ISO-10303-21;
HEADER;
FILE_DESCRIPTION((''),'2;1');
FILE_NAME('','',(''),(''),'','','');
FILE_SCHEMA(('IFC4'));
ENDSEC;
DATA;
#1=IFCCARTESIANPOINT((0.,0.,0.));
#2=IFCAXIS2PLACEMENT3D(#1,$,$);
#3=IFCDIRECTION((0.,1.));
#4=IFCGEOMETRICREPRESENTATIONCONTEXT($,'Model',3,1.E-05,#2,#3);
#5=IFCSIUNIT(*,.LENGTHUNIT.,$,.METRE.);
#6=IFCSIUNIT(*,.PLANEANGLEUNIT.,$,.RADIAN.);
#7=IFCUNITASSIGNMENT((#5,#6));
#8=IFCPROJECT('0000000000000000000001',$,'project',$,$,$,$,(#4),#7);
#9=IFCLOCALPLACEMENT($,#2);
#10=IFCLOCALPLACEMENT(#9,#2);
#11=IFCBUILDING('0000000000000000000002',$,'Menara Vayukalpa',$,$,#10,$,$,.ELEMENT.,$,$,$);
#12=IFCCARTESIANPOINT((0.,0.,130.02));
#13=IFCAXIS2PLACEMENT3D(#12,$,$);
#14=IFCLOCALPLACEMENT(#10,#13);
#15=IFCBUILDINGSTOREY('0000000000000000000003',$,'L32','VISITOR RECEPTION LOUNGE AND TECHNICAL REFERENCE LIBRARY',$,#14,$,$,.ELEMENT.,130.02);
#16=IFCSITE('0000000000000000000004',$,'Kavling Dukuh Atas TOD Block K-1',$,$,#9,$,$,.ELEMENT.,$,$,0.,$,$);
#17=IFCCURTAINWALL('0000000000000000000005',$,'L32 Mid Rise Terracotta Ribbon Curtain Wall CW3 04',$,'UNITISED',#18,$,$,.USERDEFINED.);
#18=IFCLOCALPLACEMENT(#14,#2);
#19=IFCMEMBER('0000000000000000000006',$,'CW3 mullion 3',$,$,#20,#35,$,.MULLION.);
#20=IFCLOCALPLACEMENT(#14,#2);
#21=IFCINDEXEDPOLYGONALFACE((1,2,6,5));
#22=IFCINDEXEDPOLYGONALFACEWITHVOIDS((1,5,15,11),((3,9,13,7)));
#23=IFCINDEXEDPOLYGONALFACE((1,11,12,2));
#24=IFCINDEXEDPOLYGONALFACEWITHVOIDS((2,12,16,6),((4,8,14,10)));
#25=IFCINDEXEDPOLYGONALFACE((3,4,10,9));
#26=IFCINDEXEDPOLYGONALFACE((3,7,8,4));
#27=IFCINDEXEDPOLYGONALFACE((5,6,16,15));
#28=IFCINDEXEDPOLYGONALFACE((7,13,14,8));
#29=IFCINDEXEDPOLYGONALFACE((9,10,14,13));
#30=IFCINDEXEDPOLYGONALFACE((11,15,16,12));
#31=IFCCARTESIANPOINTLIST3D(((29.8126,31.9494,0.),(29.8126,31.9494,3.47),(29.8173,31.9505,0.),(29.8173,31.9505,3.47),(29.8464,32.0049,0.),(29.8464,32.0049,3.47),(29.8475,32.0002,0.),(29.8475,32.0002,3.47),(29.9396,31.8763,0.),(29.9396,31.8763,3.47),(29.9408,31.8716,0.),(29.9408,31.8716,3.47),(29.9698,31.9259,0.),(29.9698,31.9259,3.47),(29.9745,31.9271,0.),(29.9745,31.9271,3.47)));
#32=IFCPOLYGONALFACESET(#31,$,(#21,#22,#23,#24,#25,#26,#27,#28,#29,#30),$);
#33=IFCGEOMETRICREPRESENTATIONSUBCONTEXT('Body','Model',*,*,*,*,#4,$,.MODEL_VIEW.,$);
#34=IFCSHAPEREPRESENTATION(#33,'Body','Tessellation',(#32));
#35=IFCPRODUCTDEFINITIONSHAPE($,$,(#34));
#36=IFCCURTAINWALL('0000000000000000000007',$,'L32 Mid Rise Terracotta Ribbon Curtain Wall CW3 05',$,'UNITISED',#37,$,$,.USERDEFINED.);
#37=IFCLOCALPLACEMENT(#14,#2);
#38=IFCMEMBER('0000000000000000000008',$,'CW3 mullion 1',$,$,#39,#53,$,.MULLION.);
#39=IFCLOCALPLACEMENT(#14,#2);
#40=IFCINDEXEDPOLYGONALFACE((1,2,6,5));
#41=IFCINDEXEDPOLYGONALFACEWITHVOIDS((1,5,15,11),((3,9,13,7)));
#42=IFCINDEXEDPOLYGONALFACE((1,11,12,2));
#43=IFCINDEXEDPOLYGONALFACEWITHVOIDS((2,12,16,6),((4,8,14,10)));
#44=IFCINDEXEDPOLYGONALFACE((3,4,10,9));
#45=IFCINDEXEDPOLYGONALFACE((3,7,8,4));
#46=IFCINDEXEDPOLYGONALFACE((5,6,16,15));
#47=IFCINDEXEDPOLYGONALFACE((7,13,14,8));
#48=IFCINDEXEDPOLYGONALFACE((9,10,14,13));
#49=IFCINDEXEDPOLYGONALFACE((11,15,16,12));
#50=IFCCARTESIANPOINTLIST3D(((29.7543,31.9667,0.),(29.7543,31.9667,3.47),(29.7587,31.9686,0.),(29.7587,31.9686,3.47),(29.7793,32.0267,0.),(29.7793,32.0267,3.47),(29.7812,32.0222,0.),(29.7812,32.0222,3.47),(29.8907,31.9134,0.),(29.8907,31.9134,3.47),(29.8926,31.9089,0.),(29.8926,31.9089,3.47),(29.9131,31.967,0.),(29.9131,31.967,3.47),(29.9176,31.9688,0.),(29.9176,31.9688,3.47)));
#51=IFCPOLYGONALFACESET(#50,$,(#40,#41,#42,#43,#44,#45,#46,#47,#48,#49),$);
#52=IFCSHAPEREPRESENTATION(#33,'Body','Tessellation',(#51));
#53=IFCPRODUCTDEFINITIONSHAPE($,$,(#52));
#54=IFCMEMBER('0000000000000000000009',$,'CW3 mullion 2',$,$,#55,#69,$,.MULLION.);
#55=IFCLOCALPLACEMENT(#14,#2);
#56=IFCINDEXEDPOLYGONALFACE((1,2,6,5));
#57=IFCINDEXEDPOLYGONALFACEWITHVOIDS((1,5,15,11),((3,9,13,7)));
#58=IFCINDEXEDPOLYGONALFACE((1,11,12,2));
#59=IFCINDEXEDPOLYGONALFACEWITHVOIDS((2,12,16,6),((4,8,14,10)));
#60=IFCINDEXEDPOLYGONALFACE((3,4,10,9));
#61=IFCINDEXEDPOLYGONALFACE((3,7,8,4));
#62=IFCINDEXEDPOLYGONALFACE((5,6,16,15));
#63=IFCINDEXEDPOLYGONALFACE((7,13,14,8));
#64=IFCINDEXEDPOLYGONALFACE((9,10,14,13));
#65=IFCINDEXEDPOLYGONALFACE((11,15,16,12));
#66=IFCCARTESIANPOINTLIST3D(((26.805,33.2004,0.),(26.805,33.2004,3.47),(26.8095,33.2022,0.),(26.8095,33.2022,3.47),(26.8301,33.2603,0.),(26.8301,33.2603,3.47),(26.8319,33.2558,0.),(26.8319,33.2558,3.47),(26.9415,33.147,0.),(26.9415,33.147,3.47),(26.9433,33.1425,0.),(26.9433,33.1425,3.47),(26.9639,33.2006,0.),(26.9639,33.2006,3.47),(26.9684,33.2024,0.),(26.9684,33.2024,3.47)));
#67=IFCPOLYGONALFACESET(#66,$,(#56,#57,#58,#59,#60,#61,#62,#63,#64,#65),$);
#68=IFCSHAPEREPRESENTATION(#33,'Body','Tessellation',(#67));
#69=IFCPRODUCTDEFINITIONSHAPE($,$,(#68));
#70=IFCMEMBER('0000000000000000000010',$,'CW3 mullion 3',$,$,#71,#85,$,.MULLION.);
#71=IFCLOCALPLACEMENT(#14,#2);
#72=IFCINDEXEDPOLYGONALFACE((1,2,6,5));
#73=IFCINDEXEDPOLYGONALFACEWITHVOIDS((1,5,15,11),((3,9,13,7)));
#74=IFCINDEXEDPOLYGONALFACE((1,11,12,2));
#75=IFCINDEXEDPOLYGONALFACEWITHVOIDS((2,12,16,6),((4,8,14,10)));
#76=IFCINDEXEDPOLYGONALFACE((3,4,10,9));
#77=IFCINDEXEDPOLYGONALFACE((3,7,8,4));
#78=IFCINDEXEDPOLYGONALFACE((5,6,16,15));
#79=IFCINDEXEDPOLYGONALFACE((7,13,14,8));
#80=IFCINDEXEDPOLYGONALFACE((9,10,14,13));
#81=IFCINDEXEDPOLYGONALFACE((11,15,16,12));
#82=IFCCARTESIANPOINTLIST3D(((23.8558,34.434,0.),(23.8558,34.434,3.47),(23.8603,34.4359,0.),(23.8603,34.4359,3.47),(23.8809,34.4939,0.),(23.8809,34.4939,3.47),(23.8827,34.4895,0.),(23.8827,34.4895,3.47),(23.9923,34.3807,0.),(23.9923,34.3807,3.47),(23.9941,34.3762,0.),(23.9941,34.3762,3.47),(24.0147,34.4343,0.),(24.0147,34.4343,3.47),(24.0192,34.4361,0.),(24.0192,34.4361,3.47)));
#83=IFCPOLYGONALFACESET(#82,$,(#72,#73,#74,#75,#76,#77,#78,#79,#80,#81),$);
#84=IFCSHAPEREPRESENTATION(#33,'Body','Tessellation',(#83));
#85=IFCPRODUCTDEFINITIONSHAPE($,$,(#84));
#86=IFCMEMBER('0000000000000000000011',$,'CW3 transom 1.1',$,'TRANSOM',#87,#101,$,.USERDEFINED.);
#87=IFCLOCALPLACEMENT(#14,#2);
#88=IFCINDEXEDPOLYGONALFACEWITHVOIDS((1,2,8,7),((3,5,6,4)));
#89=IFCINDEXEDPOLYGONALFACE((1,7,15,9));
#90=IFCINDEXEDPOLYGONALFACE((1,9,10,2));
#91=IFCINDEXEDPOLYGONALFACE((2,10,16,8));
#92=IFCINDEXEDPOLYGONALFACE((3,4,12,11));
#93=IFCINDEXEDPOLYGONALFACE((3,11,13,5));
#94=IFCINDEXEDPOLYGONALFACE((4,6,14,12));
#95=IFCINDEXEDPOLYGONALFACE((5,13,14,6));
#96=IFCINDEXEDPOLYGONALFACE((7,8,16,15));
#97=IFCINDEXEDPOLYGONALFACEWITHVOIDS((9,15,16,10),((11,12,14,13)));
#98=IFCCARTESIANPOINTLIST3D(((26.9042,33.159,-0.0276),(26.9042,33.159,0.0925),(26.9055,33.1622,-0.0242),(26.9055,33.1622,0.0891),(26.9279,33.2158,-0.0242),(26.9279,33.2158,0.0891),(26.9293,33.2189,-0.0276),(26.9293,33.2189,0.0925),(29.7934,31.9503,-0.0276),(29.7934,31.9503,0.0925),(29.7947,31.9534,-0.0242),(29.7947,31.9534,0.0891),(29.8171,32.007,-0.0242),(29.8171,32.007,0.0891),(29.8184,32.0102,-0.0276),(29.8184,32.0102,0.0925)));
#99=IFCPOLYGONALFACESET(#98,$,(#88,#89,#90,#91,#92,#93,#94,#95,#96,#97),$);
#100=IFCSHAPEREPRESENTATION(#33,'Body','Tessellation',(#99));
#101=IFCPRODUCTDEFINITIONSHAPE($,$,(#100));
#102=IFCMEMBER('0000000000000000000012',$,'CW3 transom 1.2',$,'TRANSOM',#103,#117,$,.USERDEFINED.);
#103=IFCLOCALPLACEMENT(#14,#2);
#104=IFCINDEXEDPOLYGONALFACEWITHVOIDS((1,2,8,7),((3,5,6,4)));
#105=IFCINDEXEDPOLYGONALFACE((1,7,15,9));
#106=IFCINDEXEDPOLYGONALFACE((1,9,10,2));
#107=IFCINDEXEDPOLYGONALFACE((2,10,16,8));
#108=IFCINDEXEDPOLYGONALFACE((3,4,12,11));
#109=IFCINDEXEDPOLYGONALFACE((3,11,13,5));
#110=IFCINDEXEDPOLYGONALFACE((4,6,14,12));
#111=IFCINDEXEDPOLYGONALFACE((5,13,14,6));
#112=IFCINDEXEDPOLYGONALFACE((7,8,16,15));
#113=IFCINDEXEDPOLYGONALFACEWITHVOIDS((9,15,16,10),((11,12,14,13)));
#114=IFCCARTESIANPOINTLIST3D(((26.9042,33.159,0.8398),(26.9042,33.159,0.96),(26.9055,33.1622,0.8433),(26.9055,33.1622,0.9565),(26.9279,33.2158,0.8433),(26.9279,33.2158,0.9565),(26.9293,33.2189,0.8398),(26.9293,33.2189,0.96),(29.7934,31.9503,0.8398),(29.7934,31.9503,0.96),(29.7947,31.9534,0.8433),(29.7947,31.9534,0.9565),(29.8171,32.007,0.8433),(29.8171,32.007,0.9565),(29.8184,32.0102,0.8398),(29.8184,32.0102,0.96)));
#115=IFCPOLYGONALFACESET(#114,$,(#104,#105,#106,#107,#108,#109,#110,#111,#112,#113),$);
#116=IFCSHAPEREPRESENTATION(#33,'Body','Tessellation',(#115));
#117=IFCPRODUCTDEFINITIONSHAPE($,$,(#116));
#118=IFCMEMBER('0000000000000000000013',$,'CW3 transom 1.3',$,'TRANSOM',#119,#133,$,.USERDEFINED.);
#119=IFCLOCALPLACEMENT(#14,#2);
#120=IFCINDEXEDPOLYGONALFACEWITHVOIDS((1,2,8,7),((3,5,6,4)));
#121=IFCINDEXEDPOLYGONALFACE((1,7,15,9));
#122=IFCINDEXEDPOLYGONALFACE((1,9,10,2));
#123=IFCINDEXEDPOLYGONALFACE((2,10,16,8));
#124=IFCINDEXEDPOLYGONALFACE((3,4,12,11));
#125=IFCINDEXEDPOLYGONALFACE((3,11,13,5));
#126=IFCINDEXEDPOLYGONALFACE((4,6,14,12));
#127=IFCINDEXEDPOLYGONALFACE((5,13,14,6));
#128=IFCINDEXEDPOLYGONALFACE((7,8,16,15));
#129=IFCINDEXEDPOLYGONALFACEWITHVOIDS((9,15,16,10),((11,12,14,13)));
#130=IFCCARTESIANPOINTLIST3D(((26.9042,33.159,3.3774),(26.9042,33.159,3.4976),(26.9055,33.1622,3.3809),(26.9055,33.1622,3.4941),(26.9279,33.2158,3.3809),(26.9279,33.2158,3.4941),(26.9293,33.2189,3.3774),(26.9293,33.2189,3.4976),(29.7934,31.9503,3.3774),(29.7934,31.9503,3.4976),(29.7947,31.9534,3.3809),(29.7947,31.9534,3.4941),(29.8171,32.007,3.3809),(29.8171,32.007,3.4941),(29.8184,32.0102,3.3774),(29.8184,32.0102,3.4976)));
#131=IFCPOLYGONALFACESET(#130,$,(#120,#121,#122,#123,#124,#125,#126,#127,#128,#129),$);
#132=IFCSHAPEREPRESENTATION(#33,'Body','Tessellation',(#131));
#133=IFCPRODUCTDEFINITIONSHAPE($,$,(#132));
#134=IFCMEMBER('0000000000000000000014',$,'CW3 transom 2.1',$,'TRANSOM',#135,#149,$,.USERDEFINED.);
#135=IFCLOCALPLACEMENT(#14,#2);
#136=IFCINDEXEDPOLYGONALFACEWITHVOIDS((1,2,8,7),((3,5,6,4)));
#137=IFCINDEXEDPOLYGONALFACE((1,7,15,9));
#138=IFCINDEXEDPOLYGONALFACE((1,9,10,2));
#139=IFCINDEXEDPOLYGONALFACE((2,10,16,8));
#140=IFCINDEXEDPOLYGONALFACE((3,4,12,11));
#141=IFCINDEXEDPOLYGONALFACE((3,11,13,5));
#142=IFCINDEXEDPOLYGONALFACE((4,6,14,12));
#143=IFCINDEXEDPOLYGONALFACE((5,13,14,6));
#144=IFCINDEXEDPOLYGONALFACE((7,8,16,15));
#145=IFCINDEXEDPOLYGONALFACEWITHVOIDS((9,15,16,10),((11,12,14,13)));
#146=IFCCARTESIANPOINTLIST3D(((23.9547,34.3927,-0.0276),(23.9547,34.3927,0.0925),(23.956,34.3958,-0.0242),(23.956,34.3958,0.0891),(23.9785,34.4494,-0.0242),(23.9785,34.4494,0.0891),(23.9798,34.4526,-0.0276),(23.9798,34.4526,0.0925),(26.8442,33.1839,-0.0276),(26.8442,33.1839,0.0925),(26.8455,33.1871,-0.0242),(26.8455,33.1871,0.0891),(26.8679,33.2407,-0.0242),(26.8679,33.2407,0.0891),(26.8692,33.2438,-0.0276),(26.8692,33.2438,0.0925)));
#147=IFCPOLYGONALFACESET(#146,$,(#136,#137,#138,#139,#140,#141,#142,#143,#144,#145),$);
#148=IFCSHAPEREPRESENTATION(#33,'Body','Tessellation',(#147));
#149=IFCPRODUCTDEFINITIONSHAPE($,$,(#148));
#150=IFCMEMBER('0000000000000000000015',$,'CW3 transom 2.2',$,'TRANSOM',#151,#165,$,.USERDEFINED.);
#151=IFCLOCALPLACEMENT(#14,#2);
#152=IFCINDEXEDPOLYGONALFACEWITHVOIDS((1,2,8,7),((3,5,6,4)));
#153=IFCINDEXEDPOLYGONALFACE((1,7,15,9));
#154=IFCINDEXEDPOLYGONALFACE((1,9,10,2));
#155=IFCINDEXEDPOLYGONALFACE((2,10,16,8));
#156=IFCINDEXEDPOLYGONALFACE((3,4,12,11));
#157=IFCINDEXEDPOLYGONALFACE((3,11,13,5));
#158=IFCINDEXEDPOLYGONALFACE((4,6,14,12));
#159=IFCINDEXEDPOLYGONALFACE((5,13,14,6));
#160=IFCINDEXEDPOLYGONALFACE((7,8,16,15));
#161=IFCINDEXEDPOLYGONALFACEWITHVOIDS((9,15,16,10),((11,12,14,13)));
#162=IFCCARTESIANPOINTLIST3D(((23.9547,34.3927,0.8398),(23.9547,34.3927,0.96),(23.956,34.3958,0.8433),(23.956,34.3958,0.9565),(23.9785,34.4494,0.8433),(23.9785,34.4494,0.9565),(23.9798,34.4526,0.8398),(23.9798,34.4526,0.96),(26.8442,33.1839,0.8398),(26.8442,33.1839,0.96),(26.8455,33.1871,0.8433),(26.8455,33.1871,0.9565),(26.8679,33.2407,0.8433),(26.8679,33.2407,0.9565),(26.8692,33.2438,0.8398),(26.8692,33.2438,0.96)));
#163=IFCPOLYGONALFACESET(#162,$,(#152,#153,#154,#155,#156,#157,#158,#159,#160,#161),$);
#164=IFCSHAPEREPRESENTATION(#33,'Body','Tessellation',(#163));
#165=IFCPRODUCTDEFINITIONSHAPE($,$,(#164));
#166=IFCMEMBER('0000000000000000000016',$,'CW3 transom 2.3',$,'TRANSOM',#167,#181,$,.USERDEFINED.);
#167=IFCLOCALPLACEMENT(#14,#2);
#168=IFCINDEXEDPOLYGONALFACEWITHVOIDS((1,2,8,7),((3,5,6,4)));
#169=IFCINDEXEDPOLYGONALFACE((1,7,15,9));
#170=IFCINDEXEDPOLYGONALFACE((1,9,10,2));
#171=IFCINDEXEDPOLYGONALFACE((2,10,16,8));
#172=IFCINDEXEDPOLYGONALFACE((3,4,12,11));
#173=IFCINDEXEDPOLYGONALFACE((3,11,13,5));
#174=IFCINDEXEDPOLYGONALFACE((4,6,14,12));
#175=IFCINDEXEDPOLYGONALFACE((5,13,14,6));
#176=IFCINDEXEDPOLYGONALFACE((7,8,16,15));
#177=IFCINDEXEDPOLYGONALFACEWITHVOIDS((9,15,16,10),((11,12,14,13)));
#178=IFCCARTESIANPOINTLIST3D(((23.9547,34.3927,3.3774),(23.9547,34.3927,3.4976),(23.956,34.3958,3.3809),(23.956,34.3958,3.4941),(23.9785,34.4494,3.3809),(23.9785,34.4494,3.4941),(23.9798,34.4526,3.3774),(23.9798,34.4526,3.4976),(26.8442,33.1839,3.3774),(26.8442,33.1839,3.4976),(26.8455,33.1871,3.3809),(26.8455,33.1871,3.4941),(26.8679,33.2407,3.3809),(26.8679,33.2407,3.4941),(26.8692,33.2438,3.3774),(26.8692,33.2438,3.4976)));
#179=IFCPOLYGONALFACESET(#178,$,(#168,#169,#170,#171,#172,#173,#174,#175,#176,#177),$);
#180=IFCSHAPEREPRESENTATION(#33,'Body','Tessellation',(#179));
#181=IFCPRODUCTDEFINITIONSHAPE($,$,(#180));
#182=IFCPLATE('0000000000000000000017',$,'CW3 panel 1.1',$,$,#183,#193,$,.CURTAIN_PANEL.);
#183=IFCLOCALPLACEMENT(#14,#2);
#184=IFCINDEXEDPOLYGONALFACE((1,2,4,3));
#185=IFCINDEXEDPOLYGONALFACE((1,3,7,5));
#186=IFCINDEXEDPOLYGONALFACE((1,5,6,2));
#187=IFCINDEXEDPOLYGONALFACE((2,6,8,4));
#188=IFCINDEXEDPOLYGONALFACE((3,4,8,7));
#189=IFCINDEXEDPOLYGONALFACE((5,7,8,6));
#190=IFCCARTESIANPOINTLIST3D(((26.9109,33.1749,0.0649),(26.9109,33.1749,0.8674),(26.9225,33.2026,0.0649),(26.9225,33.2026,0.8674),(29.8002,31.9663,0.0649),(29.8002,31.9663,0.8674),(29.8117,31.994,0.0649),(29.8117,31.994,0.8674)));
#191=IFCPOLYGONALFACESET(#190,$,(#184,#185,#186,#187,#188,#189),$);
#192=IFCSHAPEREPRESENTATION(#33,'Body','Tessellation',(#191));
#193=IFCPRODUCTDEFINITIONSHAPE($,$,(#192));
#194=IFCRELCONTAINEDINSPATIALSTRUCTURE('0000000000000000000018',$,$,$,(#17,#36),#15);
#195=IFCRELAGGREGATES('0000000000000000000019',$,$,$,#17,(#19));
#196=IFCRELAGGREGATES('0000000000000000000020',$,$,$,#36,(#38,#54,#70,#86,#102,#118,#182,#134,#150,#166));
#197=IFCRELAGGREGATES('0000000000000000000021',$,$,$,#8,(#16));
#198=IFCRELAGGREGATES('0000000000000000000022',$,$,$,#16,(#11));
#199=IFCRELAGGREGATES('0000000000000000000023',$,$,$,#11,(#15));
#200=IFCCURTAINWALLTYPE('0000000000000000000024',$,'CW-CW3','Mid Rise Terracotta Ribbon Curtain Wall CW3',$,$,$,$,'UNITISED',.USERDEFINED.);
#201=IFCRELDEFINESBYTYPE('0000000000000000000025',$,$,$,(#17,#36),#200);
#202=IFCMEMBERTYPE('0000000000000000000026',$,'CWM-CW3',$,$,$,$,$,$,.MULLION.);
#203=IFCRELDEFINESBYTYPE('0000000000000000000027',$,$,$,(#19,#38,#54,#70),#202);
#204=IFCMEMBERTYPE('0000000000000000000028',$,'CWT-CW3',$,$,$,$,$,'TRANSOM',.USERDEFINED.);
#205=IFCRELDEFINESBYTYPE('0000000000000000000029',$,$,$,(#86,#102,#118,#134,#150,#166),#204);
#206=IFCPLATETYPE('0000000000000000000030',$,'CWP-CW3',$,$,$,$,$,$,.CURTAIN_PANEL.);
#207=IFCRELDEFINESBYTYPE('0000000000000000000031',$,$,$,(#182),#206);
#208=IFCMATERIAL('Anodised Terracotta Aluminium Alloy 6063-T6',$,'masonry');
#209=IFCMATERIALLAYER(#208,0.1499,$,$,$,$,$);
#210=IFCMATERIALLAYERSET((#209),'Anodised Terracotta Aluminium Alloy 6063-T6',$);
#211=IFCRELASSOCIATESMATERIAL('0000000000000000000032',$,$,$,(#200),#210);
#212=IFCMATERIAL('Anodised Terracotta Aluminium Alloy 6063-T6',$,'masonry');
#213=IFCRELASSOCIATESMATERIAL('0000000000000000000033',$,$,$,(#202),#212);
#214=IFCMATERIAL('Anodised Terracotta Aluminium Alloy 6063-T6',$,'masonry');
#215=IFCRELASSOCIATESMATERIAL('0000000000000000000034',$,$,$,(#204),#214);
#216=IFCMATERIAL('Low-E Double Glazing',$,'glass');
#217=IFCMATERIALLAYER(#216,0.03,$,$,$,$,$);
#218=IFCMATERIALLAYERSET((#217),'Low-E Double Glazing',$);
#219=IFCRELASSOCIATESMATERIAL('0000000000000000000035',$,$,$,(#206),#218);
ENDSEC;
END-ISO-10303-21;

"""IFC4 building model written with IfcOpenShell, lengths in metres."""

from ifc_helpers import new_model, si_unit, direction, frame, origin, origin_2d, place, context, subcontext, project, spatial, rectangle, hollow_rectangle, extrude, material, layer, layer_set, material_profile, profile_set, type_object, element, aggregate, save


model = new_model("IFC4")

# Units and contexts
model_context = context("Model", 3, precision=1e-05, world=origin(), true_north=direction((0.0, 1.0)))
body_context = subcontext(model_context, "Body", "Model", "MODEL_VIEW")
ifc_project = project(units=[si_unit("LENGTHUNIT", "METRE"), si_unit("PLANEANGLEUNIT", "RADIAN")], contexts=[model_context])

# Site, building, storey
site_placement = place(None, origin())
site = spatial("IfcSite", under=ifc_project, at=site_placement, Name="Kavling Dukuh Atas TOD Block K-1", CompositionType="ELEMENT", RefElevation=0.0)
building_placement = place(site_placement, origin())
building = spatial("IfcBuilding", under=site, at=building_placement, Name="Menara Vayukalpa", CompositionType="ELEMENT")
storey_placement = place(building_placement, frame((0.0, 0.0, 130.02)))
storey = spatial("IfcBuildingStorey", under=building, at=storey_placement, Name="L32", Description="VISITOR RECEPTION LOUNGE AND TECHNICAL REFERENCE LIBRARY", CompositionType="ELEMENT", Elevation=130.02)

# Curtain wall, member
ifc_material_1 = material(Name="Anodised Terracotta Aluminium Alloy 6063-T6", Category="masonry")
ifc_layer_1 = layer(ifc_material_1, 0.1499)
ifc_layer_set_1 = layer_set([ifc_layer_1], Name="Anodised Terracotta Aluminium Alloy 6063-T6")
curtain_wall_type = type_object("IfcCurtainWallType", Name="CW-CW3", Description="Mid Rise Terracotta Ribbon Curtain Wall CW3", ElementType="UNITISED", PredefinedType="USERDEFINED", material=ifc_layer_set_1)
curtain_wall_1_placement = place(storey_placement, origin())
curtain_wall_1 = element("IfcCurtainWall", 1, at=curtain_wall_1_placement, inside=storey, type_object=curtain_wall_type, Name="L32 Mid Rise Terracotta Ribbon Curtain Wall CW3 04", ObjectType="UNITISED", PredefinedType="USERDEFINED")
ifc_material_2 = material(Name="Anodised Terracotta Aluminium Alloy 6063-T6", Category="masonry")
ifc_material_profile_1 = material_profile(ifc_material_2, hollow_rectangle(XDim=0.0649, YDim=0.1499, WallThickness=0.0034, at=origin_2d()), Name="ALU 65x150x3.5")
ifc_profile_set_1 = profile_set([ifc_material_profile_1], Name="Anodised Terracotta Aluminium Alloy 6063-T6")
member_type_1 = type_object("IfcMemberType", Name="CWM-CW3", PredefinedType="MULLION", material=ifc_profile_set_1)
member_1_placement = place(storey_placement, frame((29.8936, 31.9382, 0.0), z_axis=(0.0, 0.0, 1.0), x_axis=(-0.519183, -0.854663, 0.0)))
member_1 = element("IfcMember", 2, at=member_1_placement, type_object=member_type_1, Name="CW3 mullion 3", PredefinedType="MULLION", context=body_context, shape_type="SweptSolid", body=[
    extrude(hollow_rectangle(XDim=0.0649, YDim=0.1499, WallThickness=0.0034, at=origin_2d()), origin(), (0.0, 0.0, 1.0), 3.47),
])
aggregate(curtain_wall_1, [member_1])

# Curtain wall, members, plate
curtain_wall_2_placement = place(storey_placement, origin())
curtain_wall_2 = element("IfcCurtainWall", 3, at=curtain_wall_2_placement, inside=storey, type_object=curtain_wall_type, Name="L32 Mid Rise Terracotta Ribbon Curtain Wall CW3 05", ObjectType="UNITISED", PredefinedType="USERDEFINED")
member_2_placement = place(storey_placement, frame((29.8359, 31.9678, 0.0), z_axis=(0.0, 0.0, 1.0), x_axis=(-0.385894, -0.922543, 0.0)))
member_2 = element("IfcMember", 4, at=member_2_placement, type_object=member_type_1, Name="CW3 mullion 1", PredefinedType="MULLION", context=body_context, shape_type="SweptSolid", body=[
    extrude(hollow_rectangle(XDim=0.0649, YDim=0.1499, WallThickness=0.0034, at=origin_2d()), origin(), (0.0, 0.0, 1.0), 3.47),
])
member_3_placement = place(storey_placement, frame((26.8867, 33.2014, 0.0), z_axis=(0.0, 0.0, 1.0), x_axis=(-0.385894, -0.922543, 0.0)))
member_3 = element("IfcMember", 5, at=member_3_placement, type_object=member_type_1, Name="CW3 mullion 2", PredefinedType="MULLION", context=body_context, shape_type="SweptSolid", body=[
    extrude(hollow_rectangle(XDim=0.0649, YDim=0.1499, WallThickness=0.0034, at=origin_2d()), origin(), (0.0, 0.0, 1.0), 3.47),
])
member_4_placement = place(storey_placement, frame((23.9375, 34.4351, 0.0), z_axis=(0.0, 0.0, 1.0), x_axis=(-0.385894, -0.922543, 0.0)))
member_4 = element("IfcMember", 6, at=member_4_placement, type_object=member_type_1, Name="CW3 mullion 3", PredefinedType="MULLION", context=body_context, shape_type="SweptSolid", body=[
    extrude(hollow_rectangle(XDim=0.0649, YDim=0.1499, WallThickness=0.0034, at=origin_2d()), origin(), (0.0, 0.0, 1.0), 3.47),
])
ifc_material_3 = material(Name="Anodised Terracotta Aluminium Alloy 6063-T6", Category="masonry")
ifc_material_profile_2 = material_profile(ifc_material_3, hollow_rectangle(XDim=0.0649, YDim=0.1201, WallThickness=0.0034, at=origin_2d()), Name="ALU 65x120x3.5")
ifc_profile_set_2 = profile_set([ifc_material_profile_2], Name="Anodised Terracotta Aluminium Alloy 6063-T6")
member_type_2 = type_object("IfcMemberType", Name="CWT-CW3", ElementType="TRANSOM", PredefinedType="USERDEFINED", material=ifc_profile_set_2)
member_5_placement = place(storey_placement, frame((29.8059, 31.9802, 0.0325), z_axis=(-0.922518, 0.385955, 0.0), x_axis=(-0.385955, -0.922518, 0.0)))
member_5 = element("IfcMember", 7, at=member_5_placement, type_object=member_type_2, Name="CW3 transom 1.1", ObjectType="TRANSOM", PredefinedType="USERDEFINED", context=body_context, shape_type="SweptSolid", body=[
    extrude(hollow_rectangle(XDim=0.0649, YDim=0.1201, WallThickness=0.0034, at=origin_2d()), origin(), (0.0, 0.0, 1.0), 3.1318),
])
member_6_placement = place(storey_placement, frame((29.8059, 31.9802, 0.8999), z_axis=(-0.922518, 0.385955, 0.0), x_axis=(-0.385955, -0.922518, 0.0)))
member_6 = element("IfcMember", 8, at=member_6_placement, type_object=member_type_2, Name="CW3 transom 1.2", ObjectType="TRANSOM", PredefinedType="USERDEFINED", context=body_context, shape_type="SweptSolid", body=[
    extrude(hollow_rectangle(XDim=0.0649, YDim=0.1201, WallThickness=0.0034, at=origin_2d()), origin(), (0.0, 0.0, 1.0), 3.1318),
])
member_7_placement = place(storey_placement, frame((29.8059, 31.9802, 3.4375), z_axis=(-0.922518, 0.385955, 0.0), x_axis=(-0.385955, -0.922518, 0.0)))
member_7 = element("IfcMember", 9, at=member_7_placement, type_object=member_type_2, Name="CW3 transom 1.3", ObjectType="TRANSOM", PredefinedType="USERDEFINED", context=body_context, shape_type="SweptSolid", body=[
    extrude(hollow_rectangle(XDim=0.0649, YDim=0.1201, WallThickness=0.0034, at=origin_2d()), origin(), (0.0, 0.0, 1.0), 3.1318),
])
member_8_placement = place(storey_placement, frame((26.8567, 33.2139, 0.0325), z_axis=(-0.922529, 0.385927, 0.0), x_axis=(-0.385927, -0.922529, 0.0)))
member_8 = element("IfcMember", 10, at=member_8_placement, type_object=member_type_2, Name="CW3 transom 2.1", ObjectType="TRANSOM", PredefinedType="USERDEFINED", context=body_context, shape_type="SweptSolid", body=[
    extrude(hollow_rectangle(XDim=0.0649, YDim=0.1201, WallThickness=0.0034, at=origin_2d()), origin(), (0.0, 0.0, 1.0), 3.1321),
])
member_9_placement = place(storey_placement, frame((26.8567, 33.2139, 0.8999), z_axis=(-0.922529, 0.385927, 0.0), x_axis=(-0.385927, -0.922529, 0.0)))
member_9 = element("IfcMember", 11, at=member_9_placement, type_object=member_type_2, Name="CW3 transom 2.2", ObjectType="TRANSOM", PredefinedType="USERDEFINED", context=body_context, shape_type="SweptSolid", body=[
    extrude(hollow_rectangle(XDim=0.0649, YDim=0.1201, WallThickness=0.0034, at=origin_2d()), origin(), (0.0, 0.0, 1.0), 3.1321),
])
member_10_placement = place(storey_placement, frame((26.8567, 33.2139, 3.4375), z_axis=(-0.922529, 0.385927, 0.0), x_axis=(-0.385927, -0.922529, 0.0)))
member_10 = element("IfcMember", 12, at=member_10_placement, type_object=member_type_2, Name="CW3 transom 2.3", ObjectType="TRANSOM", PredefinedType="USERDEFINED", context=body_context, shape_type="SweptSolid", body=[
    extrude(hollow_rectangle(XDim=0.0649, YDim=0.1201, WallThickness=0.0034, at=origin_2d()), origin(), (0.0, 0.0, 1.0), 3.1321),
])
ifc_material_4 = material(Name="Low-E Double Glazing", Category="glass")
ifc_layer_2 = layer(ifc_material_4, 0.03)
ifc_layer_set_2 = layer_set([ifc_layer_2], Name="Low-E Double Glazing")
plate_type = type_object("IfcPlateType", Name="CWP-CW3", PredefinedType="CURTAIN_PANEL", material=ifc_layer_set_2)
plate_1_placement = place(storey_placement, frame((28.3613, 32.5845, 0.0649), z_axis=(0.0, 0.0, 1.0), x_axis=(-0.922543, 0.385894, 0.0)))
plate_1 = element("IfcPlate", 13, at=plate_1_placement, type_object=plate_type, Name="CW3 panel 1.1", PredefinedType="CURTAIN_PANEL", context=body_context, shape_type="SweptSolid", body=[
    extrude(rectangle(XDim=3.1318, YDim=0.03, at=origin_2d()), origin(), (0.0, 0.0, 1.0), 0.8025),
])
aggregate(curtain_wall_2, [member_2, member_3, member_4, member_5, member_6, member_7, plate_1, member_8, member_9, member_10])

save(model, "model.ifc")
